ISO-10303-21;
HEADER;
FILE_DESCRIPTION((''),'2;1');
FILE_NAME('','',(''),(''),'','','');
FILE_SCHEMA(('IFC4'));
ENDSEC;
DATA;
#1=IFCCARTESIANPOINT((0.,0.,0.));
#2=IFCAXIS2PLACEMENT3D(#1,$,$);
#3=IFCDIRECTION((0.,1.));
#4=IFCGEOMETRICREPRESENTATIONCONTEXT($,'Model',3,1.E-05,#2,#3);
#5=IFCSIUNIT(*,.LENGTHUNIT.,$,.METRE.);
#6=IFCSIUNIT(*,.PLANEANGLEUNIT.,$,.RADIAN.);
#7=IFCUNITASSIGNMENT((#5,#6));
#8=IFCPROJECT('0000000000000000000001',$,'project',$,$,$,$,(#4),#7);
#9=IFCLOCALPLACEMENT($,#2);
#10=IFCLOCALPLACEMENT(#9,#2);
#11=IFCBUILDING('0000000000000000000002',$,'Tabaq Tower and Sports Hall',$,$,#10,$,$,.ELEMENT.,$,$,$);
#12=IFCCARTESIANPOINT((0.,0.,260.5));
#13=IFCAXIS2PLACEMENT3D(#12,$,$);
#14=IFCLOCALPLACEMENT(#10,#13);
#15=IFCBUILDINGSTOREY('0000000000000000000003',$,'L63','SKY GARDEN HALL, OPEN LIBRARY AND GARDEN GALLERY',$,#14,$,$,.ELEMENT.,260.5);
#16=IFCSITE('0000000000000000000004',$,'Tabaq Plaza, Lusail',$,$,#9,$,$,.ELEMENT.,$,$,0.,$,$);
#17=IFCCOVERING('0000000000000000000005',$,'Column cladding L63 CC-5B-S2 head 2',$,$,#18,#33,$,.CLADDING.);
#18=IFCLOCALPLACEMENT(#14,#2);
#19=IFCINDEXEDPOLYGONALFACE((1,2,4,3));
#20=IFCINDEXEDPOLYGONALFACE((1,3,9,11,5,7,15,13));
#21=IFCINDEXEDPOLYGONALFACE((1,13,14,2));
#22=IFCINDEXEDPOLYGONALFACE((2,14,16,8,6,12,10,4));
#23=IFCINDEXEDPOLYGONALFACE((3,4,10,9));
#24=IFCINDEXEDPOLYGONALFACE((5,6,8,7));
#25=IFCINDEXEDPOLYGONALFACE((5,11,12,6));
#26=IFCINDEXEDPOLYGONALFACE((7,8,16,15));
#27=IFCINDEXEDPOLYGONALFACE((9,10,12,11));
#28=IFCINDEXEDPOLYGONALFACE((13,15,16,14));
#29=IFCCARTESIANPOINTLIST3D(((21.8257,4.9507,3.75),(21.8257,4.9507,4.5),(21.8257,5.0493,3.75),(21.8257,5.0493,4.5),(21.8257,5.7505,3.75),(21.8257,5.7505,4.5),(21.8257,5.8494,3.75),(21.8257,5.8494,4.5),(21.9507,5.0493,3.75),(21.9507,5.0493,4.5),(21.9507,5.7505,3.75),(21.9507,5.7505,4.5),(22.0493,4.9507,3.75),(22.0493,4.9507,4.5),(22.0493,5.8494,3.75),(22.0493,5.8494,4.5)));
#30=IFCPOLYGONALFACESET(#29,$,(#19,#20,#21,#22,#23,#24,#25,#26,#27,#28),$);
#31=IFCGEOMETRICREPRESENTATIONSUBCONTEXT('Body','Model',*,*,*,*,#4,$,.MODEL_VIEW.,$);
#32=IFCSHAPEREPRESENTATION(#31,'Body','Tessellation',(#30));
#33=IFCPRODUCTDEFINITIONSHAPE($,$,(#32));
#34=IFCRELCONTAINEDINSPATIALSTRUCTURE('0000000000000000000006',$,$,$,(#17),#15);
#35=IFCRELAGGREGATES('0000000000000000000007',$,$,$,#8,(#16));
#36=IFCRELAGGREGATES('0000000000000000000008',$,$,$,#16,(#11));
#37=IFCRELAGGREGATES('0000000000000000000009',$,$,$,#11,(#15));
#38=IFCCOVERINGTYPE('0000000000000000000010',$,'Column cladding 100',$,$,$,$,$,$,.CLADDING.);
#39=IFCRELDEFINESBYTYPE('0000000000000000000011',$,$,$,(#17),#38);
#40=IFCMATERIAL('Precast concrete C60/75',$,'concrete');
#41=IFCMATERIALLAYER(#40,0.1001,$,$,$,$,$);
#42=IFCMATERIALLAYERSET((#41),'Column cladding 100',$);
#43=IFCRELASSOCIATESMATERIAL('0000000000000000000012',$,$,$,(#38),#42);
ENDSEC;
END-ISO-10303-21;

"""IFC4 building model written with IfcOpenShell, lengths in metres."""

from ifc_helpers import new_model, si_unit, direction, frame, origin, place, context, subcontext, project, spatial, polyline, outline, extrude, material, layer, layer_set, type_object, element, save


model = new_model("IFC4")

# Units and contexts
model_context = context("Model", 3, precision=1e-05, world=origin(), true_north=direction((0.0, 1.0)))
body_context = subcontext(model_context, "Body", "Model", "MODEL_VIEW")
ifc_project = project(units=[si_unit("LENGTHUNIT", "METRE"), si_unit("PLANEANGLEUNIT", "RADIAN")], contexts=[model_context])

# Site, building, storey
site_placement = place(None, origin())
site = spatial("IfcSite", under=ifc_project, at=site_placement, Name="Tabaq Plaza, Lusail", CompositionType="ELEMENT", RefElevation=0.0)
building_placement = place(site_placement, origin())
building = spatial("IfcBuilding", under=site, at=building_placement, Name="Tabaq Tower and Sports Hall", CompositionType="ELEMENT")
storey_placement = place(building_placement, frame((0.0, 0.0, 260.5)))
storey = spatial("IfcBuildingStorey", under=building, at=storey_placement, Name="L63", Description="SKY GARDEN HALL, OPEN LIBRARY AND GARDEN GALLERY", CompositionType="ELEMENT", Elevation=260.5)

# Covering
ifc_material_1 = material(Name="Precast concrete C60/75", Category="concrete")
ifc_layer_1 = layer(ifc_material_1, 0.1001)
ifc_layer_set_1 = layer_set([ifc_layer_1], Name="Column cladding 100")
covering_type = type_object("IfcCoveringType", Name="Column cladding 100", PredefinedType="CLADDING", material=ifc_layer_set_1)
covering_1_placement = place(storey_placement, frame((0.0, 0.0, 3.75)))
element("IfcCovering", 1, at=covering_1_placement, inside=storey, type_object=covering_type, Name="Column cladding L63 CC-5B-S2 head 2", PredefinedType="CLADDING", context=body_context, shape_type="SweptSolid", body=[
    extrude(outline(polyline([(21.8257, 5.0493), (21.9507, 5.0493), (21.9507, 5.7505), (21.8257, 5.7505), (21.8257, 5.8494), (22.0493, 5.8494), (22.0493, 4.9507), (21.8257, 4.9507), (21.8257, 5.0493)])), origin(), (0.0, 0.0, 1.0), 0.75),
])

save(model, "model.ifc")
